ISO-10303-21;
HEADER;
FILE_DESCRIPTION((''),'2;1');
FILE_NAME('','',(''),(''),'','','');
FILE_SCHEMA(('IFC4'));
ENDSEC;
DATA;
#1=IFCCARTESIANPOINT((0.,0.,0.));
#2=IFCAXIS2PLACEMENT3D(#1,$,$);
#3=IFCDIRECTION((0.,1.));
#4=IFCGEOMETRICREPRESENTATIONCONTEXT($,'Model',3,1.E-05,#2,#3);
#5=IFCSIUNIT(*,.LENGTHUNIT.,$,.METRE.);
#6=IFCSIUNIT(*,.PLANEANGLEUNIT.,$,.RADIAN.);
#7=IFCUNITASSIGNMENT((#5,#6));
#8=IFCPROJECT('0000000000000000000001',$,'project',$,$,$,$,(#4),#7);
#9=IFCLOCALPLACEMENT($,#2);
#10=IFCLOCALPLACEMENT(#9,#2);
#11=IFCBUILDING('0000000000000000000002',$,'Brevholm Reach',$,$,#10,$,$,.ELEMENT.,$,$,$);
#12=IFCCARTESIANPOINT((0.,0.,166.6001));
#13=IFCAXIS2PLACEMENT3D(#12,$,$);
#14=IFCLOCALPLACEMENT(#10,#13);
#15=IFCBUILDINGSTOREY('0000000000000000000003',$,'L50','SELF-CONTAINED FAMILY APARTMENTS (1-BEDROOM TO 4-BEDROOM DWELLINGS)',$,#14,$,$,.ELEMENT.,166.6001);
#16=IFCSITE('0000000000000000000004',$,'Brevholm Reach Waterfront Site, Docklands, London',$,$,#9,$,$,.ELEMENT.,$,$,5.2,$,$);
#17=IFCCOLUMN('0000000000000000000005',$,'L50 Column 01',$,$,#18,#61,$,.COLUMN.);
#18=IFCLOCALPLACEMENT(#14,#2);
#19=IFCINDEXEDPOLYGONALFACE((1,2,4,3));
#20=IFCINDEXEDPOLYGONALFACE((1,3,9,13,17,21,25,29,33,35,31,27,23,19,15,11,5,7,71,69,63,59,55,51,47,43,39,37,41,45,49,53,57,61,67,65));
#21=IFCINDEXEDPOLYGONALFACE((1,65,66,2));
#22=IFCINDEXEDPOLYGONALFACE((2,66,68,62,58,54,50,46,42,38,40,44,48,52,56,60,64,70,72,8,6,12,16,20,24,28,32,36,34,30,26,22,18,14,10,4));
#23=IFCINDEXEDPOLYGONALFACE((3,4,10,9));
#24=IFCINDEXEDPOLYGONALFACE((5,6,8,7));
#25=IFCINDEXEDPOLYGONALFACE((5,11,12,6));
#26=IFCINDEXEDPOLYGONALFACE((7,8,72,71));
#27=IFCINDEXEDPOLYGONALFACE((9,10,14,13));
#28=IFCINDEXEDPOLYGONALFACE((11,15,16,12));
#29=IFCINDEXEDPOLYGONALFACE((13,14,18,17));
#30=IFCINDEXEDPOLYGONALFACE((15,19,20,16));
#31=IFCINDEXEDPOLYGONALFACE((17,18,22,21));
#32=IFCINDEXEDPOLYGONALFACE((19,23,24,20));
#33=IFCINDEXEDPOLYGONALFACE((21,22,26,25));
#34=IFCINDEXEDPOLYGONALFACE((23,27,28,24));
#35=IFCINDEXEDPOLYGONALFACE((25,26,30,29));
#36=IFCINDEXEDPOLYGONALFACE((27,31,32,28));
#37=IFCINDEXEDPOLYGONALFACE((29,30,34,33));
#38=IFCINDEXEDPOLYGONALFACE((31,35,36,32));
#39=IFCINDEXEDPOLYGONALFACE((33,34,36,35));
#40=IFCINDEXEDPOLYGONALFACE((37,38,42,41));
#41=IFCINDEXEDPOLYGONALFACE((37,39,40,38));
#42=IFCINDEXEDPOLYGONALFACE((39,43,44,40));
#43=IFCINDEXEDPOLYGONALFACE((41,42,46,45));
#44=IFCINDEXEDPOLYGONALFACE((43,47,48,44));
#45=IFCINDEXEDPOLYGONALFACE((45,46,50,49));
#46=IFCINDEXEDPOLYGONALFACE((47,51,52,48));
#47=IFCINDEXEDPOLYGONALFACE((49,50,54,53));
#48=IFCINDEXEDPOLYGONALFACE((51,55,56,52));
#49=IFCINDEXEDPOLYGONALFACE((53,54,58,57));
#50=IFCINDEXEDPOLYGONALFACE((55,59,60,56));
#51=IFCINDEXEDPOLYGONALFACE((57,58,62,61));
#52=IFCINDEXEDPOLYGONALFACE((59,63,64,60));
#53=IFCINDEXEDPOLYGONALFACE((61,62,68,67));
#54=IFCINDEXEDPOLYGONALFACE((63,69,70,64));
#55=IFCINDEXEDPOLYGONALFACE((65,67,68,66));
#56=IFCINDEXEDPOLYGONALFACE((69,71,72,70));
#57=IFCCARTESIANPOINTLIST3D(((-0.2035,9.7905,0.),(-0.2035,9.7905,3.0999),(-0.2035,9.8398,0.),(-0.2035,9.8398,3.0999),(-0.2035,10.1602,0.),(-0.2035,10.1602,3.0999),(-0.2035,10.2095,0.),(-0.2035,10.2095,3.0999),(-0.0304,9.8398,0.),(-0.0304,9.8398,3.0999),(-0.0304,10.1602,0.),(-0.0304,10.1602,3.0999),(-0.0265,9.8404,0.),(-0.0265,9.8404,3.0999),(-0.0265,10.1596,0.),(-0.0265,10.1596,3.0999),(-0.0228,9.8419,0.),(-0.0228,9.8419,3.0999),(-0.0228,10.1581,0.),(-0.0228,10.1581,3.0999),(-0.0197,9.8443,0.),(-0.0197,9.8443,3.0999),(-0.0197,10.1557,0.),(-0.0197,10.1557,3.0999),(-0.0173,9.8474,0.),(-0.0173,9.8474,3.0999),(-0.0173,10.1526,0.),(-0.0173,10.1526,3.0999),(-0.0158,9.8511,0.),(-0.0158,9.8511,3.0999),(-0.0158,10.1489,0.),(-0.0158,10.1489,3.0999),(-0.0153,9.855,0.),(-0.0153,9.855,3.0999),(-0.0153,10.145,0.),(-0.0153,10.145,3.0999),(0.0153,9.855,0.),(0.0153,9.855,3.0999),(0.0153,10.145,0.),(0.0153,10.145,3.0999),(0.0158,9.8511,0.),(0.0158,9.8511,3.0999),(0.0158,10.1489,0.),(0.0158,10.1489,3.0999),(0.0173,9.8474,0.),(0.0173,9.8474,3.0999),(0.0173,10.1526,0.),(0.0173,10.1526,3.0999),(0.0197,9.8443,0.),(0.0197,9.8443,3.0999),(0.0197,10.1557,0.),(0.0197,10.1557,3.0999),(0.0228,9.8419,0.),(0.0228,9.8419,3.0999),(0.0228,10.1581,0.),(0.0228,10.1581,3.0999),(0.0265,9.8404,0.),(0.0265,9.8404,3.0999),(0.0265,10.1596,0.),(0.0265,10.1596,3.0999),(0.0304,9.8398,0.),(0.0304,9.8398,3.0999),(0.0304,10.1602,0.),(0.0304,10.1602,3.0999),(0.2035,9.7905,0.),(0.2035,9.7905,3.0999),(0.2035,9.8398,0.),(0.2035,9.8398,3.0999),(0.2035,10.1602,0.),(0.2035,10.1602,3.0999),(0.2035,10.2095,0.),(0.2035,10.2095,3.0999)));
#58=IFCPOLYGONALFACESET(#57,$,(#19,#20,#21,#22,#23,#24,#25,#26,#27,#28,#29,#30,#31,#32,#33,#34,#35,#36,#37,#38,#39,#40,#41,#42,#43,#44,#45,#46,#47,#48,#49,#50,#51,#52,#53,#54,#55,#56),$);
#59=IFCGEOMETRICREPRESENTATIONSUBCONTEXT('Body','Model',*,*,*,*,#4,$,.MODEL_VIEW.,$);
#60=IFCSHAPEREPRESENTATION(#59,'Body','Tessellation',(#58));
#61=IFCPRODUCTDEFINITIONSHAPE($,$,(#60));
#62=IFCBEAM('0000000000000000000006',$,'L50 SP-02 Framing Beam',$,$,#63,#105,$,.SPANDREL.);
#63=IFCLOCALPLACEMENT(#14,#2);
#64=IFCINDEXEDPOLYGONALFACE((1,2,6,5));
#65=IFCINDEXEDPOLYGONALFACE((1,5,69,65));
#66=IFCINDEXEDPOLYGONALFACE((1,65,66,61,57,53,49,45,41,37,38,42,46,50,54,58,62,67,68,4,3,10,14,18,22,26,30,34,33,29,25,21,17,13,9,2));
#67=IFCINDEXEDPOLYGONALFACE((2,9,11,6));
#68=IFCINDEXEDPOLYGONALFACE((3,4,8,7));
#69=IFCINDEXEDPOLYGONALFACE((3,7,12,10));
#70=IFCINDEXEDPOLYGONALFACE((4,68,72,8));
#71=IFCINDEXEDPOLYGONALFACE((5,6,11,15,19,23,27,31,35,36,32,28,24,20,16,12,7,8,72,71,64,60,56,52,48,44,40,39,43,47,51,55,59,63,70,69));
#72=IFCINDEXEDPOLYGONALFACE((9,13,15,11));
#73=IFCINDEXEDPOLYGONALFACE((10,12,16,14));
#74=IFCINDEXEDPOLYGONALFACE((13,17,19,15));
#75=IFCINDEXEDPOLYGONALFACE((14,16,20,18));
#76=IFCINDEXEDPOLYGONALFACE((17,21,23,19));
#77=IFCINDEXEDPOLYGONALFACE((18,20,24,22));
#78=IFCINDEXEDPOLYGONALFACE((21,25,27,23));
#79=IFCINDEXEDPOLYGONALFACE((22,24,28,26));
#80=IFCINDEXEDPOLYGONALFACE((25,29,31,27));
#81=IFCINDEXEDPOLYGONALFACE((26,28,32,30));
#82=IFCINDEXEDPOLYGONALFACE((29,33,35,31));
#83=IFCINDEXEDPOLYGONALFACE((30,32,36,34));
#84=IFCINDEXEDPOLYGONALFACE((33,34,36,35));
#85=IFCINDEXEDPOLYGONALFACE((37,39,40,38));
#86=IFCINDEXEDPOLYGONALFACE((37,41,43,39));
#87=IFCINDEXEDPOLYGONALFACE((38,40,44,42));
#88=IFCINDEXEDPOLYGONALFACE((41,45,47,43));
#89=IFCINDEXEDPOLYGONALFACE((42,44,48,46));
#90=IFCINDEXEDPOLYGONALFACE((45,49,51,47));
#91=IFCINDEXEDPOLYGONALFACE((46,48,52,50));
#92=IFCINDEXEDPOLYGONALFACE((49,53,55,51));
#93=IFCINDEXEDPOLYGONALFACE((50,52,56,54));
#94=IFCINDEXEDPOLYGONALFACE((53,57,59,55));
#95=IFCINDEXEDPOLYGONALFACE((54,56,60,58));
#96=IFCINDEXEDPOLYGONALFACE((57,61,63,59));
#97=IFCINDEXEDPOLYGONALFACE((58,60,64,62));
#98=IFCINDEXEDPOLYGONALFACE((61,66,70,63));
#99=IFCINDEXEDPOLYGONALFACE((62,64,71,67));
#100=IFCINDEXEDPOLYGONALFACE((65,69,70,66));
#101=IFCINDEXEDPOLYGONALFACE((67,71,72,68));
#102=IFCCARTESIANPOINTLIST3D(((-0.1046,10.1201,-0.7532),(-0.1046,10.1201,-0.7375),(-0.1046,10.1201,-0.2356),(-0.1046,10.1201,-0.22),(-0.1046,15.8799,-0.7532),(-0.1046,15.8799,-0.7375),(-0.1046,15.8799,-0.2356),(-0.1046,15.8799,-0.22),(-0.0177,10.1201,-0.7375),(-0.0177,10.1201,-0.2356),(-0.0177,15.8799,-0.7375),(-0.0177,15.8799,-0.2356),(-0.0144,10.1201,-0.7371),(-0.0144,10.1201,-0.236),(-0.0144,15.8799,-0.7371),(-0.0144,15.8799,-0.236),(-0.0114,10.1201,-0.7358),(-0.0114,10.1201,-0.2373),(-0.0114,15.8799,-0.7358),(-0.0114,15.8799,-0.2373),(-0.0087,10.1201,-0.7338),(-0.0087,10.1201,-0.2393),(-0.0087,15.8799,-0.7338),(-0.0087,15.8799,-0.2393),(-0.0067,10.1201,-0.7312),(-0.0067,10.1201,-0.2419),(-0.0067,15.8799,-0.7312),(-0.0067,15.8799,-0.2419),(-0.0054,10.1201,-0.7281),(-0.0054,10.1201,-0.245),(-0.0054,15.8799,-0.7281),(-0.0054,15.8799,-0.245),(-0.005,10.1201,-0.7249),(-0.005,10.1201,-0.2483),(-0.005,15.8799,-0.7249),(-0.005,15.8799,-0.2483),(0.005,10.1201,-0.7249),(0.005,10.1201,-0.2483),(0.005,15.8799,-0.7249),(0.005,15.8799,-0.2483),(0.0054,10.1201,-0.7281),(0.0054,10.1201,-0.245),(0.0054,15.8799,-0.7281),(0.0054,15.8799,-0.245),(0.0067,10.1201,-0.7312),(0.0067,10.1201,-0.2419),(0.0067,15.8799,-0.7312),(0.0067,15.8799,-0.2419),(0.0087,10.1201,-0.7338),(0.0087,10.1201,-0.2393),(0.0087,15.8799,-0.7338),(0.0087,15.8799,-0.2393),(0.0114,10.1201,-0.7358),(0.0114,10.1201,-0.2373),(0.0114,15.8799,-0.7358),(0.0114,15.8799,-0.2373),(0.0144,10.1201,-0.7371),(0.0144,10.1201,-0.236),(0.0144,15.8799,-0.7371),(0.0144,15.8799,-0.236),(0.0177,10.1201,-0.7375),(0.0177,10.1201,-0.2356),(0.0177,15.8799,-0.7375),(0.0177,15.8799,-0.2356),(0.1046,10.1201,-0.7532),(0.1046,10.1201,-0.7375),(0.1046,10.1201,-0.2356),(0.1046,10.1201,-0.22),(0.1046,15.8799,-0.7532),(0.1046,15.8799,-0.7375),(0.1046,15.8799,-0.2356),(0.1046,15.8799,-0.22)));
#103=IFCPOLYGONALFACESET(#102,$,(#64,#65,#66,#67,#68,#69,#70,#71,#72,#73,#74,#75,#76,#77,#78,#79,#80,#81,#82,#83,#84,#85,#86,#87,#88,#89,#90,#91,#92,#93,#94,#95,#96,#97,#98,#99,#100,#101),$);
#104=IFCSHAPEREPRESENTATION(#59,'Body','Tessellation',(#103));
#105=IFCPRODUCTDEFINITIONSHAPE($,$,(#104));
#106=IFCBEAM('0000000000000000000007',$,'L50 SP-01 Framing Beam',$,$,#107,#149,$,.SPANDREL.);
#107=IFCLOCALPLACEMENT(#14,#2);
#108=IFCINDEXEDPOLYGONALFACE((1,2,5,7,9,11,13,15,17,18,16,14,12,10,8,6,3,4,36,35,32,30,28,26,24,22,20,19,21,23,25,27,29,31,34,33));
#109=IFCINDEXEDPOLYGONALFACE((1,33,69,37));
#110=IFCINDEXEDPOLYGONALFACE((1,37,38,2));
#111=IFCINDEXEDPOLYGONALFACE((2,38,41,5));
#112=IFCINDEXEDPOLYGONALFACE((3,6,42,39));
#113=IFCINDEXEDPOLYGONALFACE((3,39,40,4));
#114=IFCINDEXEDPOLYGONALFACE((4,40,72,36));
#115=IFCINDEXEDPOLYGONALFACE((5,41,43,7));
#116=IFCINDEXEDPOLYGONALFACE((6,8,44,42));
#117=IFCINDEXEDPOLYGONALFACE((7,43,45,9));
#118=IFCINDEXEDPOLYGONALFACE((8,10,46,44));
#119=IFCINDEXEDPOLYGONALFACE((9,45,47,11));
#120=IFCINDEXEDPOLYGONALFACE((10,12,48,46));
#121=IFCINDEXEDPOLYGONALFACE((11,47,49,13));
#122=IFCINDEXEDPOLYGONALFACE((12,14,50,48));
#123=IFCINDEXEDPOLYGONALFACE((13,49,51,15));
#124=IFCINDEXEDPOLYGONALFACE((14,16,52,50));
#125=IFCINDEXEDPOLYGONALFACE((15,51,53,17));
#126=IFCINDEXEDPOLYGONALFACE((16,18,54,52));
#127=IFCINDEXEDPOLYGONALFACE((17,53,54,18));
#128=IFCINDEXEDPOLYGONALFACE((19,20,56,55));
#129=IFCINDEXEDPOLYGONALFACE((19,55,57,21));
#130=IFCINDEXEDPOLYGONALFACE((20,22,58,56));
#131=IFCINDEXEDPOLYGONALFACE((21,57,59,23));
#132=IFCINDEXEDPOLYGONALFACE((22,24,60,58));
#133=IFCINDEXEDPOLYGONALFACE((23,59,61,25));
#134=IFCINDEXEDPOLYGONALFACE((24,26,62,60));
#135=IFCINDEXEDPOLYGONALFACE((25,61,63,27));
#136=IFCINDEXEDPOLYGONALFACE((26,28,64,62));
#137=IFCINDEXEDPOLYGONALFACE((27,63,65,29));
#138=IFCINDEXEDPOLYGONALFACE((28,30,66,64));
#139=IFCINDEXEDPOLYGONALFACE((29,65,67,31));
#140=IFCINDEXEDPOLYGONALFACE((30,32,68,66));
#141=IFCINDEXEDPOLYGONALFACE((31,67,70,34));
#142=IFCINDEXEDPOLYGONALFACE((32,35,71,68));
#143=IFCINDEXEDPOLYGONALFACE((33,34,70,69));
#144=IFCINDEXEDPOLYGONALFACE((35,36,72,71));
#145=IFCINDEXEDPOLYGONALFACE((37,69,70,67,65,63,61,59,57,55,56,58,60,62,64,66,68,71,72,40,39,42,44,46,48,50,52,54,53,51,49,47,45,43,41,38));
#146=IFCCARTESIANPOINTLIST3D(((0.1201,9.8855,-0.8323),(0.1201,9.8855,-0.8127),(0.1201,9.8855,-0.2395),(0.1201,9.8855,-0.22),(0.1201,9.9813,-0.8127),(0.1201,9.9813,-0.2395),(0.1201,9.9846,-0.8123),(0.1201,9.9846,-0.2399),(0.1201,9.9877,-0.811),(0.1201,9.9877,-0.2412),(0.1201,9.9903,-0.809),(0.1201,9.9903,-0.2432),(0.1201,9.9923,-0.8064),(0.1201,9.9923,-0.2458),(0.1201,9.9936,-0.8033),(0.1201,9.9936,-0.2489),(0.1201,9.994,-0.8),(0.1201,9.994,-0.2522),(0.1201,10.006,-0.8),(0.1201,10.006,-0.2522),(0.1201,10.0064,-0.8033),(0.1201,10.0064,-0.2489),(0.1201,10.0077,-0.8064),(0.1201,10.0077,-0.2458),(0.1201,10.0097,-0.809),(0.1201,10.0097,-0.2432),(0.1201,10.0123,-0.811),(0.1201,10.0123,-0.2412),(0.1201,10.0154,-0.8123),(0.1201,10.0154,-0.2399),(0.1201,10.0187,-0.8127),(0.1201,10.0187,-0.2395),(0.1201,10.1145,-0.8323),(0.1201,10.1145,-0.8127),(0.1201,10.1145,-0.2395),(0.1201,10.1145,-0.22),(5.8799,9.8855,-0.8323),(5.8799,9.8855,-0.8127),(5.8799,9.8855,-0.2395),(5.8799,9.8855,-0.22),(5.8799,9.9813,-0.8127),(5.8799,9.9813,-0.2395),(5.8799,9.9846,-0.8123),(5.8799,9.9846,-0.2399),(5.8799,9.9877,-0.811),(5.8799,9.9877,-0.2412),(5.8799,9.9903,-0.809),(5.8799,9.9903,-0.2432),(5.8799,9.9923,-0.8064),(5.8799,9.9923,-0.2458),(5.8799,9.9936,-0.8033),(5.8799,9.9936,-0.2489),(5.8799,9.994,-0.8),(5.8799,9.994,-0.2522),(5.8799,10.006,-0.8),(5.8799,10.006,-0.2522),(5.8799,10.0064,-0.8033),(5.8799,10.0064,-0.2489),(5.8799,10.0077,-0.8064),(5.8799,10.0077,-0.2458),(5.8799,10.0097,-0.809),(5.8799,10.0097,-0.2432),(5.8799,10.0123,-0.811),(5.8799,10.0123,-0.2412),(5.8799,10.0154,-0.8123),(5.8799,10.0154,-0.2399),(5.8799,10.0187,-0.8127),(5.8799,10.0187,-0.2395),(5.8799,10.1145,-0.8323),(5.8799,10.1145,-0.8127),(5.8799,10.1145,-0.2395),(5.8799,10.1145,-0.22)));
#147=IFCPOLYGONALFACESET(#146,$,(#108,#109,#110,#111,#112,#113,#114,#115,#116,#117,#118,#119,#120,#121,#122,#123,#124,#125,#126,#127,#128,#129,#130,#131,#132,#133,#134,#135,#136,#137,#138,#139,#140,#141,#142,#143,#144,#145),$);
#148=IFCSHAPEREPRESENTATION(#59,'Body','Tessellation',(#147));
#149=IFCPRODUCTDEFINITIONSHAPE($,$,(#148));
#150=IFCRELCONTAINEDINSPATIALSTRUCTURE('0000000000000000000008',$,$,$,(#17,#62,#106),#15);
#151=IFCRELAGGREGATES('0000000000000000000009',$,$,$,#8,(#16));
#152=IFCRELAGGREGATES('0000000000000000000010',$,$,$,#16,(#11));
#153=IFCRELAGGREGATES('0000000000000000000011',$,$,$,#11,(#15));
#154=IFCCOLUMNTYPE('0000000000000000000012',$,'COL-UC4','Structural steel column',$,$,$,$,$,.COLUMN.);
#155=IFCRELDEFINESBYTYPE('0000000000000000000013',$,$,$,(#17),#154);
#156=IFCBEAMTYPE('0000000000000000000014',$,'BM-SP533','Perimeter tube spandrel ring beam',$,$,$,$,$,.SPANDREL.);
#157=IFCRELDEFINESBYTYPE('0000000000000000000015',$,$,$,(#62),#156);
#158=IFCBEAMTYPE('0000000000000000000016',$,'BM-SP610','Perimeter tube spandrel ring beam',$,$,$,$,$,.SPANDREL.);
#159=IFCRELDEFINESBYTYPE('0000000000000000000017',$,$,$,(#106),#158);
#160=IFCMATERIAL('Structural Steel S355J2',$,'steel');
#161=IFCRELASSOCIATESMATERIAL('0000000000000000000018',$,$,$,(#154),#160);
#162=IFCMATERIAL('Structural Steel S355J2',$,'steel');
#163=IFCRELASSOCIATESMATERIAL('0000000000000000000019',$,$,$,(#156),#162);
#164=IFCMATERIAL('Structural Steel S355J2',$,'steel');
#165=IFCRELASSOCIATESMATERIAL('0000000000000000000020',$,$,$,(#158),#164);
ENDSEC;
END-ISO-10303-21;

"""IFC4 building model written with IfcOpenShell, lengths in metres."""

from ifc_helpers import new_model, si_unit, direction, frame, origin, origin_2d, place, context, subcontext, project, spatial, i_section, extrude, material, material_profile, profile_set, type_object, element, save


model = new_model("IFC4")

# Units and contexts
model_context = context("Model", 3, precision=1e-05, world=origin(), true_north=direction((0.0, 1.0)))
body_context = subcontext(model_context, "Body", "Model", "MODEL_VIEW")
ifc_project = project(units=[si_unit("LENGTHUNIT", "METRE"), si_unit("PLANEANGLEUNIT", "RADIAN")], contexts=[model_context])

# Site, building, storey
site_placement = place(None, origin())
site = spatial("IfcSite", under=ifc_project, at=site_placement, Name="Brevholm Reach Waterfront Site, Docklands, London", CompositionType="ELEMENT", RefElevation=5.2)
building_placement = place(site_placement, origin())
building = spatial("IfcBuilding", under=site, at=building_placement, Name="Brevholm Reach", CompositionType="ELEMENT")
storey_placement = place(building_placement, frame((0.0, 0.0, 166.6001)))
storey = spatial("IfcBuildingStorey", under=building, at=storey_placement, Name="L50", Description="SELF-CONTAINED FAMILY APARTMENTS (1-BEDROOM TO 4-BEDROOM DWELLINGS)", CompositionType="ELEMENT", Elevation=166.6001)

# Column
ifc_material_1 = material(Name="Structural Steel S355J2", Category="steel")
ifc_material_profile_1 = material_profile(ifc_material_1, i_section(OverallWidth=0.407, OverallDepth=0.4189, WebThickness=0.0305, FlangeThickness=0.0493, FilletRadius=0.0151, at=origin_2d()), Name="UKC 356x406x393")
ifc_profile_set_1 = profile_set([ifc_material_profile_1], Name="Structural Steel S355J2")
column_type = type_object("IfcColumnType", Name="COL-UC4", Description="Structural steel column", PredefinedType="COLUMN", material=ifc_profile_set_1)
column_placement = place(storey_placement, frame((0.0, 10.0, 0.0), z_axis=(0.0, 0.0, 1.0), x_axis=(1.0, 0.0, 0.0)))
element("IfcColumn", 1, at=column_placement, inside=storey, type_object=column_type, Name="L50 Column 01", PredefinedType="COLUMN", context=body_context, shape_type="SweptSolid", body=[
    extrude(i_section(OverallWidth=0.407, OverallDepth=0.4189, WebThickness=0.0305, FlangeThickness=0.0493, FilletRadius=0.0151, at=origin_2d()), origin(), (0.0, 0.0, 1.0), 3.0999),
])

# Beams
ifc_material_2 = material(Name="Structural Steel S355J2", Category="steel")
ifc_material_profile_2 = material_profile(ifc_material_2, i_section(OverallWidth=0.2092, OverallDepth=0.5332, WebThickness=0.01, FlangeThickness=0.0156, FilletRadius=0.0127, at=origin_2d()), Name="UKB 533x210x92")
ifc_profile_set_2 = profile_set([ifc_material_profile_2], Name="Structural Steel S355J2")
beam_type_1 = type_object("IfcBeamType", Name="BM-SP533", Description="Perimeter tube spandrel ring beam", PredefinedType="SPANDREL", material=ifc_profile_set_2)
beam_1_placement = place(storey_placement, frame((0.0, 10.1201, -0.4866), z_axis=(0.0, 1.0, 0.0), x_axis=(-1.0, 0.0, 0.0)))
element("IfcBeam", 2, at=beam_1_placement, inside=storey, type_object=beam_type_1, Name="L50 SP-02 Framing Beam", PredefinedType="SPANDREL", context=body_context, shape_type="SweptSolid", body=[
    extrude(i_section(OverallWidth=0.2092, OverallDepth=0.5332, WebThickness=0.01, FlangeThickness=0.0156, FilletRadius=0.0127, at=origin_2d()), origin(), (0.0, 0.0, 1.0), 5.7598),
])
ifc_material_3 = material(Name="Structural Steel S355J2", Category="steel")
ifc_material_profile_3 = material_profile(ifc_material_3, i_section(OverallWidth=0.229, OverallDepth=0.6123, WebThickness=0.012, FlangeThickness=0.0195, FilletRadius=0.0127, at=origin_2d()), Name="UKB 610x229x125")
ifc_profile_set_3 = profile_set([ifc_material_profile_3], Name="Structural Steel S355J2")
beam_type_2 = type_object("IfcBeamType", Name="BM-SP610", Description="Perimeter tube spandrel ring beam", PredefinedType="SPANDREL", material=ifc_profile_set_3)
beam_2_placement = place(storey_placement, frame((0.1201, 10.0, -0.5261), z_axis=(1.0, 0.0, 0.0), x_axis=(0.0, 1.0, 0.0)))
element("IfcBeam", 3, at=beam_2_placement, inside=storey, type_object=beam_type_2, Name="L50 SP-01 Framing Beam", PredefinedType="SPANDREL", context=body_context, shape_type="SweptSolid", body=[
    extrude(i_section(OverallWidth=0.229, OverallDepth=0.6123, WebThickness=0.012, FlangeThickness=0.0195, FilletRadius=0.0127, at=origin_2d()), origin(), (0.0, 0.0, 1.0), 5.7598),
])

save(model, "model.ifc")
